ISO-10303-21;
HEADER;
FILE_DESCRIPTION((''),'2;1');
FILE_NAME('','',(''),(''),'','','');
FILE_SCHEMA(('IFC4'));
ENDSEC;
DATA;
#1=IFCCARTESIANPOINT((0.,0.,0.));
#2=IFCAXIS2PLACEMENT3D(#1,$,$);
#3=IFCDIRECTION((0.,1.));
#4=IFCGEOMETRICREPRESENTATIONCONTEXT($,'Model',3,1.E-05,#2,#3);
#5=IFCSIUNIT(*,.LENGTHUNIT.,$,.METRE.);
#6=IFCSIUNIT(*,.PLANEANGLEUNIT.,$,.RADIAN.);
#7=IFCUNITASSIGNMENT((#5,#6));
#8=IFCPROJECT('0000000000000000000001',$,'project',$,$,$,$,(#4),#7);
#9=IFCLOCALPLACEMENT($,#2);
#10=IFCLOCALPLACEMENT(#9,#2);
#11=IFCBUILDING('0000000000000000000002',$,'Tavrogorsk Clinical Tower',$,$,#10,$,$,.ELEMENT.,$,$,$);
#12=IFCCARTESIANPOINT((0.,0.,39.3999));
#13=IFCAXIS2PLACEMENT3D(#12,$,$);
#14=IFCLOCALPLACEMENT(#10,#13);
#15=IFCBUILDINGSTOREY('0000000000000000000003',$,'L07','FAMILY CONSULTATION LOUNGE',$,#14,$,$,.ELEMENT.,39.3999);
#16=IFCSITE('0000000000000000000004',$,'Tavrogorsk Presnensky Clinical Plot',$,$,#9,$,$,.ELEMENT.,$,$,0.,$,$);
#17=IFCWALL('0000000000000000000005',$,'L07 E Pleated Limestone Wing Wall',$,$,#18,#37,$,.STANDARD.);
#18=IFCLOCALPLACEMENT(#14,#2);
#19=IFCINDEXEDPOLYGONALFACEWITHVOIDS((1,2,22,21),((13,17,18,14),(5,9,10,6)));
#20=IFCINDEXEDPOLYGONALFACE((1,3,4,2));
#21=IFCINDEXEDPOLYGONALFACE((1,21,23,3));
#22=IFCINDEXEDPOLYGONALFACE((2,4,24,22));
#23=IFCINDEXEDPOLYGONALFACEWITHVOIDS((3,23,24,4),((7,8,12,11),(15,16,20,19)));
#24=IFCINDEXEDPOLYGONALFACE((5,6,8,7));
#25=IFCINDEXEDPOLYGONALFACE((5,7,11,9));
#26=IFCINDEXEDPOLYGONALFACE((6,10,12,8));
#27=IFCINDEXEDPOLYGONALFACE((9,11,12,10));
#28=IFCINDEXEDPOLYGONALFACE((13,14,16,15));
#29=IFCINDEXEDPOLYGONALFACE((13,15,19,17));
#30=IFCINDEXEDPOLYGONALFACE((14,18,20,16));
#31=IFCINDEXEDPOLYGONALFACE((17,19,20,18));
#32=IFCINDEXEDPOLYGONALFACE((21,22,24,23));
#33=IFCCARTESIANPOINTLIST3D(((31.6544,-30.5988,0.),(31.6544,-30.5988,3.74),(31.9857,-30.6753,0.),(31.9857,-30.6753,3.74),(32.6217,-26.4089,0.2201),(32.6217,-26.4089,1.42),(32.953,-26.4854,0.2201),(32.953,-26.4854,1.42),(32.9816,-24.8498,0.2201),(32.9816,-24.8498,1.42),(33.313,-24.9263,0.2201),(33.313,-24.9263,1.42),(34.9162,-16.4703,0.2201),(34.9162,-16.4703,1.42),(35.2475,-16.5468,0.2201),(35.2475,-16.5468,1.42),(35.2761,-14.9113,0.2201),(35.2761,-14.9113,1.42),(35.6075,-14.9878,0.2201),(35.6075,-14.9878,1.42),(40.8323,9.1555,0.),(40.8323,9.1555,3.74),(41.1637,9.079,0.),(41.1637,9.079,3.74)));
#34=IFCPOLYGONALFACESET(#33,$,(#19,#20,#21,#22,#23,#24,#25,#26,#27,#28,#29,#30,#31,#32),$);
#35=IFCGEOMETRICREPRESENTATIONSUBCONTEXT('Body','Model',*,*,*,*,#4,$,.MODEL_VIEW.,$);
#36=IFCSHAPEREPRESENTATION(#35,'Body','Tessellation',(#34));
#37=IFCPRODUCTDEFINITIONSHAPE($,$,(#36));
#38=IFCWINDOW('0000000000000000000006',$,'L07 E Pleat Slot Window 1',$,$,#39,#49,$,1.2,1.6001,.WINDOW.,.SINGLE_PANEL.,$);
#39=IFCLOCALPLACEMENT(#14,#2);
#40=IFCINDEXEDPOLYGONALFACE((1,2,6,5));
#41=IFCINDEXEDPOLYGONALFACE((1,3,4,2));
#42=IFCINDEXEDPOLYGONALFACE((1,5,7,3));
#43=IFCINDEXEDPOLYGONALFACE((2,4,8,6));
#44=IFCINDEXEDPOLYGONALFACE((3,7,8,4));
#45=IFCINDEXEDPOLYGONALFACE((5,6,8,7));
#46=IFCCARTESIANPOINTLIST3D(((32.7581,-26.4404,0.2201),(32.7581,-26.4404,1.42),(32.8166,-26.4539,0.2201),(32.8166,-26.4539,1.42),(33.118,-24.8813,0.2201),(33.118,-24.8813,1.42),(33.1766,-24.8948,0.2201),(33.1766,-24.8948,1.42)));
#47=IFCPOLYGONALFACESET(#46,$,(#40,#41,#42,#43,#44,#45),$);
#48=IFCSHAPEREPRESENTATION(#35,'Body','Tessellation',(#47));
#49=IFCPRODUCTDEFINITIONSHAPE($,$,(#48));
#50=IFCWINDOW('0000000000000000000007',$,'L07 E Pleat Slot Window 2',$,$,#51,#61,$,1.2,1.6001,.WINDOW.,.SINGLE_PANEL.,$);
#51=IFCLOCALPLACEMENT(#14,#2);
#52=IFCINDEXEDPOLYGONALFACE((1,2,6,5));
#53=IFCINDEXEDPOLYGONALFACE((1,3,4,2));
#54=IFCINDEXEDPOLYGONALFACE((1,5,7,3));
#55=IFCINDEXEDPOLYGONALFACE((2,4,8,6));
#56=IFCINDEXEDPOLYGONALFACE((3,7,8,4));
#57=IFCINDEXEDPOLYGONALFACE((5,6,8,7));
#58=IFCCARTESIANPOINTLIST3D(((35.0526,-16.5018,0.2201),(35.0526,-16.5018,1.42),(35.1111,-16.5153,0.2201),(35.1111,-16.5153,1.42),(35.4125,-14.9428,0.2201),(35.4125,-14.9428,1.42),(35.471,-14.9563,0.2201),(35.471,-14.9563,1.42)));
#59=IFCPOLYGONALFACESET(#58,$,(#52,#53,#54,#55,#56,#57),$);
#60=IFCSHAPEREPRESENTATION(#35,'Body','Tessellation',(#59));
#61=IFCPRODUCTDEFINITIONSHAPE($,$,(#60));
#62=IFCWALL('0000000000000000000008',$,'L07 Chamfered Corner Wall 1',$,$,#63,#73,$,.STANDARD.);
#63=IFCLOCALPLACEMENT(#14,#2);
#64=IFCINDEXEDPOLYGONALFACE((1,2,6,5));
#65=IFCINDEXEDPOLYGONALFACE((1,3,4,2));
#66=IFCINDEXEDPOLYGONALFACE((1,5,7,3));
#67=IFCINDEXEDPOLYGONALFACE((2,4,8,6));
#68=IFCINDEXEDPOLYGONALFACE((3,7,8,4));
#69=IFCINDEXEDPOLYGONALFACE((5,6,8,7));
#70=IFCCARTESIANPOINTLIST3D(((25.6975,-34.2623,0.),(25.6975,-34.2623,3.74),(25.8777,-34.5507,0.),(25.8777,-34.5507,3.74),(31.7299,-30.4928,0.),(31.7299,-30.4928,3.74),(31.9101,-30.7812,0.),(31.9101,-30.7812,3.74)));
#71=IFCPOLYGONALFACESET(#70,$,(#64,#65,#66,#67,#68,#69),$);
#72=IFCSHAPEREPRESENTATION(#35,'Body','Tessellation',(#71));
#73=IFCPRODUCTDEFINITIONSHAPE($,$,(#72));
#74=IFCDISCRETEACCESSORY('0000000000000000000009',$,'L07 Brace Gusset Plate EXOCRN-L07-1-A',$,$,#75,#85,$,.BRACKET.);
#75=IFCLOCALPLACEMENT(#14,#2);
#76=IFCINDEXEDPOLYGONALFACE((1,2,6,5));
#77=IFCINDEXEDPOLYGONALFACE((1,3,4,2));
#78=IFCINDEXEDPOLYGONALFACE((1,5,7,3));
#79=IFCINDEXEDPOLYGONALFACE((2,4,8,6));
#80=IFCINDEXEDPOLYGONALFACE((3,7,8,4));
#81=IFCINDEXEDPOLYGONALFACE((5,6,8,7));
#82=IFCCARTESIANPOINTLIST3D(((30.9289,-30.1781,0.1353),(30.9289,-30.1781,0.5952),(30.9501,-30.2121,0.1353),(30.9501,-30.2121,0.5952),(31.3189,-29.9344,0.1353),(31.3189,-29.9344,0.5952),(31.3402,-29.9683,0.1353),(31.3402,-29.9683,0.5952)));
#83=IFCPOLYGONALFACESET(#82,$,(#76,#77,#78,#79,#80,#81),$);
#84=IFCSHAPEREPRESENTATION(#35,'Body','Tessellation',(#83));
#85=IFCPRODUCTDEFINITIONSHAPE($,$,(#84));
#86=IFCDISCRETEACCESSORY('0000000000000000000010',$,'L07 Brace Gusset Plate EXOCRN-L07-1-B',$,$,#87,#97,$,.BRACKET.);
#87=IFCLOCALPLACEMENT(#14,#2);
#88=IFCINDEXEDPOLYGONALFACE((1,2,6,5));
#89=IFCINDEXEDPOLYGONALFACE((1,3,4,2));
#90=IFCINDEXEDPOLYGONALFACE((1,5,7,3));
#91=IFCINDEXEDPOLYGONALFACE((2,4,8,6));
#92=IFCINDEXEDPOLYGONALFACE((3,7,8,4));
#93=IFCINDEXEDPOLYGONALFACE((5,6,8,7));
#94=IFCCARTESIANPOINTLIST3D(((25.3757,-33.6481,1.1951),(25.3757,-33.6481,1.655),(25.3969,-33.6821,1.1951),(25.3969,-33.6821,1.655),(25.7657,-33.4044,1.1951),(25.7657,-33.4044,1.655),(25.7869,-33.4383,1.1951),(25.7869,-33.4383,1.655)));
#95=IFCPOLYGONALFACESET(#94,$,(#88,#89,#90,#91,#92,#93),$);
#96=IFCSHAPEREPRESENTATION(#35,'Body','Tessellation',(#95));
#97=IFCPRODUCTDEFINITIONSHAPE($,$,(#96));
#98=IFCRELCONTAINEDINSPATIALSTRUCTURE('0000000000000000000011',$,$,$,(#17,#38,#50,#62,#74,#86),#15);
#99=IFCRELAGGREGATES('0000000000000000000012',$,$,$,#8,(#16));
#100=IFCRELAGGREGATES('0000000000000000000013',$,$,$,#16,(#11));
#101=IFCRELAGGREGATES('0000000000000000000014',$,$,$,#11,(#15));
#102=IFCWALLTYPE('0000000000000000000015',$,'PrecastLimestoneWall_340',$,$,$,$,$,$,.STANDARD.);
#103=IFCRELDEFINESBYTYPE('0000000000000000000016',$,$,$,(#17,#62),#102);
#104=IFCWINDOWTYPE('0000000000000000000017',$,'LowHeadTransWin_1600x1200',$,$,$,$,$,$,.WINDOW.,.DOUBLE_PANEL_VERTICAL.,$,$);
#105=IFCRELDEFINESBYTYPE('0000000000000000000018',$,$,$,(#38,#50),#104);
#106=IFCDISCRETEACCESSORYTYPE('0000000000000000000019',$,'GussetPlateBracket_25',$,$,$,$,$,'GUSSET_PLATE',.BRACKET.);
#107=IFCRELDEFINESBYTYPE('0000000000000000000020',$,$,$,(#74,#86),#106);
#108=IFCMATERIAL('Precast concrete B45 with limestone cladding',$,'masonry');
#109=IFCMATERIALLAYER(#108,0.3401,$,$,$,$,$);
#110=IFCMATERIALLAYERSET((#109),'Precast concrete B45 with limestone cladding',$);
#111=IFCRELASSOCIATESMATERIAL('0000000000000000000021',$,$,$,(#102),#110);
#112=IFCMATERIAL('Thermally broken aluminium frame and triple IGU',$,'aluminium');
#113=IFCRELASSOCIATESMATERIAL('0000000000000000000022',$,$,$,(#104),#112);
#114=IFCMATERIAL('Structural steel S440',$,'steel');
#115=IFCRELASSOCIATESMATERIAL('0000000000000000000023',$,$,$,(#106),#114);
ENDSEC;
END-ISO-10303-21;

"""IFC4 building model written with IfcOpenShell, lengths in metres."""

from ifc_helpers import new_model, si_unit, direction, frame, frame_2d, origin, origin_2d, place, context, subcontext, project, spatial, rectangle, extrude, material, layer, layer_set, type_object, element, fill, save


model = new_model("IFC4")

# Units and contexts
model_context = context("Model", 3, precision=1e-05, world=origin(), true_north=direction((0.0, 1.0)))
body_context = subcontext(model_context, "Body", "Model", "MODEL_VIEW")
ifc_project = project(units=[si_unit("LENGTHUNIT", "METRE"), si_unit("PLANEANGLEUNIT", "RADIAN")], contexts=[model_context])

# Site, building, storey
site_placement = place(None, origin())
site = spatial("IfcSite", under=ifc_project, at=site_placement, Name="Tavrogorsk Presnensky Clinical Plot", CompositionType="ELEMENT", RefElevation=0.0)
building_placement = place(site_placement, origin())
building = spatial("IfcBuilding", under=site, at=building_placement, Name="Tavrogorsk Clinical Tower", CompositionType="ELEMENT")
storey_placement = place(building_placement, frame((0.0, 0.0, 39.3999)))
storey = spatial("IfcBuildingStorey", under=building, at=storey_placement, Name="L07", Description="FAMILY CONSULTATION LOUNGE", CompositionType="ELEMENT", Elevation=39.3999)

# Wall, openings, windows
ifc_material_1 = material(Name="Precast concrete B45 with limestone cladding", Category="masonry")
ifc_layer_1 = layer(ifc_material_1, 0.3401)
ifc_layer_set_1 = layer_set([ifc_layer_1], Name="Precast concrete B45 with limestone cladding")
wall_type_1 = type_object("IfcWallType", Name="PrecastLimestoneWall_340", PredefinedType="STANDARD", material=ifc_layer_set_1)
wall_1_placement = place(storey_placement, frame((31.8201, -30.637, 0.0), z_axis=(0.0, 0.0, 1.0), x_axis=(0.22495, 0.97437, 0.0)))
wall_1 = element("IfcWall", 1, at=wall_1_placement, inside=storey, type_object=wall_type_1, Name="L07 E Pleated Limestone Wing Wall", PredefinedType="STANDARD", context=body_context, shape_type="SweptSolid", body=[
    extrude(rectangle(XDim=40.8, YDim=0.3401, at=frame_2d((20.3999, 0.0))), origin(), (0.0, 0.0, 1.0), 3.74),
])
opening_1_placement = place(wall_1_placement, frame((4.3, 0.0, 0.22)))
opening_1 = element("IfcOpeningElement", 2, at=opening_1_placement, cuts=wall_1, PredefinedType="OPENING", context=body_context, shape_type="SweptSolid", body=[
    extrude(rectangle(XDim=1.6001, YDim=1.2, at=frame_2d((0.8, 0.6001))), frame((0.0, 0.1799, 0.0), z_axis=(0.0, -1.0, 0.0), x_axis=(1.0, 0.0, 0.0)), (0.0, 0.0, 1.0), 0.3601),
])
opening_2_placement = place(wall_1_placement, frame((14.5, 0.0, 0.22)))
opening_2 = element("IfcOpeningElement", 3, at=opening_2_placement, cuts=wall_1, PredefinedType="OPENING", context=body_context, shape_type="SweptSolid", body=[
    extrude(rectangle(XDim=1.6001, YDim=1.2, at=frame_2d((0.8, 0.6001))), frame((0.0, 0.1799, 0.0), z_axis=(0.0, -1.0, 0.0), x_axis=(1.0, 0.0, 0.0)), (0.0, 0.0, 1.0), 0.3601),
])
ifc_material_2 = material(Name="Thermally broken aluminium frame and triple IGU", Category="aluminium")
window_type = type_object("IfcWindowType", Name="LowHeadTransWin_1600x1200", PartitioningType="DOUBLE_PANEL_VERTICAL", PredefinedType="WINDOW", material=ifc_material_2)
window_1_placement = place(opening_1_placement, origin())
window_1 = element("IfcWindow", 4, at=window_1_placement, inside=storey, type_object=window_type, Name="L07 E Pleat Slot Window 1", OverallHeight=1.2, OverallWidth=1.6001, PartitioningType="SINGLE_PANEL", PredefinedType="WINDOW", context=body_context, shape_type="SweptSolid", body=[
    extrude(rectangle(XDim=1.6001, YDim=1.2, at=frame_2d((0.8, 0.6001))), frame((0.0, 0.03, 0.0), z_axis=(0.0, -1.0, 0.0), x_axis=(1.0, 0.0, 0.0)), (0.0, 0.0, 1.0), 0.0601),
])
fill(opening_1, window_1)
window_2_placement = place(opening_2_placement, origin())
window_2 = element("IfcWindow", 5, at=window_2_placement, inside=storey, type_object=window_type, Name="L07 E Pleat Slot Window 2", OverallHeight=1.2, OverallWidth=1.6001, PartitioningType="SINGLE_PANEL", PredefinedType="WINDOW", context=body_context, shape_type="SweptSolid", body=[
    extrude(rectangle(XDim=1.6001, YDim=1.2, at=frame_2d((0.8, 0.6001))), frame((0.0, 0.03, 0.0), z_axis=(0.0, -1.0, 0.0), x_axis=(1.0, 0.0, 0.0)), (0.0, 0.0, 1.0), 0.0601),
])
fill(opening_2, window_2)

# Wall
wall_2_placement = place(storey_placement, frame((25.7876, -34.4065, 0.0), z_axis=(0.0, 0.0, 1.0), x_axis=(0.848047, 0.529922, 0.0)))
element("IfcWall", 6, at=wall_2_placement, inside=storey, type_object=wall_type_1, Name="L07 Chamfered Corner Wall 1", PredefinedType="STANDARD", context=body_context, shape_type="SweptSolid", body=[
    extrude(rectangle(XDim=7.1133, YDim=0.3401, at=frame_2d((3.5566, 0.0))), origin(), (0.0, 0.0, 1.0), 3.74),
])

# Discrete accessories
ifc_material_3 = material(Name="Structural steel S440", Category="steel")
discrete_accessory_type = type_object("IfcDiscreteAccessoryType", Name="GussetPlateBracket_25", ElementType="GUSSET_PLATE", PredefinedType="BRACKET", material=ifc_material_3)
for number, where, z_axis, x_axis, name in (
    (7, (31.1345, -30.0732, 0.1353), (0.0, 0.0, 1.0), (-0.848048, -0.529919, 0.0), "L07 Brace Gusset Plate EXOCRN-L07-1-A"),
    (8, (25.5813, -33.5432, 1.1951), (0.0, 0.0, 1.0), (-0.848048, -0.529919, 0.0), "L07 Brace Gusset Plate EXOCRN-L07-1-B"),
):
    element("IfcDiscreteAccessory", number, at=place(storey_placement, frame(where, z_axis=z_axis, x_axis=x_axis)), inside=storey, type_object=discrete_accessory_type, Name=name, PredefinedType="BRACKET", context=body_context, shape_type="SweptSolid", body=[
        extrude(rectangle(XDim=0.46, YDim=0.04, at=origin_2d()), origin(), (0.0, 0.0, 1.0), 0.46),
    ])

save(model, "model.ifc")
